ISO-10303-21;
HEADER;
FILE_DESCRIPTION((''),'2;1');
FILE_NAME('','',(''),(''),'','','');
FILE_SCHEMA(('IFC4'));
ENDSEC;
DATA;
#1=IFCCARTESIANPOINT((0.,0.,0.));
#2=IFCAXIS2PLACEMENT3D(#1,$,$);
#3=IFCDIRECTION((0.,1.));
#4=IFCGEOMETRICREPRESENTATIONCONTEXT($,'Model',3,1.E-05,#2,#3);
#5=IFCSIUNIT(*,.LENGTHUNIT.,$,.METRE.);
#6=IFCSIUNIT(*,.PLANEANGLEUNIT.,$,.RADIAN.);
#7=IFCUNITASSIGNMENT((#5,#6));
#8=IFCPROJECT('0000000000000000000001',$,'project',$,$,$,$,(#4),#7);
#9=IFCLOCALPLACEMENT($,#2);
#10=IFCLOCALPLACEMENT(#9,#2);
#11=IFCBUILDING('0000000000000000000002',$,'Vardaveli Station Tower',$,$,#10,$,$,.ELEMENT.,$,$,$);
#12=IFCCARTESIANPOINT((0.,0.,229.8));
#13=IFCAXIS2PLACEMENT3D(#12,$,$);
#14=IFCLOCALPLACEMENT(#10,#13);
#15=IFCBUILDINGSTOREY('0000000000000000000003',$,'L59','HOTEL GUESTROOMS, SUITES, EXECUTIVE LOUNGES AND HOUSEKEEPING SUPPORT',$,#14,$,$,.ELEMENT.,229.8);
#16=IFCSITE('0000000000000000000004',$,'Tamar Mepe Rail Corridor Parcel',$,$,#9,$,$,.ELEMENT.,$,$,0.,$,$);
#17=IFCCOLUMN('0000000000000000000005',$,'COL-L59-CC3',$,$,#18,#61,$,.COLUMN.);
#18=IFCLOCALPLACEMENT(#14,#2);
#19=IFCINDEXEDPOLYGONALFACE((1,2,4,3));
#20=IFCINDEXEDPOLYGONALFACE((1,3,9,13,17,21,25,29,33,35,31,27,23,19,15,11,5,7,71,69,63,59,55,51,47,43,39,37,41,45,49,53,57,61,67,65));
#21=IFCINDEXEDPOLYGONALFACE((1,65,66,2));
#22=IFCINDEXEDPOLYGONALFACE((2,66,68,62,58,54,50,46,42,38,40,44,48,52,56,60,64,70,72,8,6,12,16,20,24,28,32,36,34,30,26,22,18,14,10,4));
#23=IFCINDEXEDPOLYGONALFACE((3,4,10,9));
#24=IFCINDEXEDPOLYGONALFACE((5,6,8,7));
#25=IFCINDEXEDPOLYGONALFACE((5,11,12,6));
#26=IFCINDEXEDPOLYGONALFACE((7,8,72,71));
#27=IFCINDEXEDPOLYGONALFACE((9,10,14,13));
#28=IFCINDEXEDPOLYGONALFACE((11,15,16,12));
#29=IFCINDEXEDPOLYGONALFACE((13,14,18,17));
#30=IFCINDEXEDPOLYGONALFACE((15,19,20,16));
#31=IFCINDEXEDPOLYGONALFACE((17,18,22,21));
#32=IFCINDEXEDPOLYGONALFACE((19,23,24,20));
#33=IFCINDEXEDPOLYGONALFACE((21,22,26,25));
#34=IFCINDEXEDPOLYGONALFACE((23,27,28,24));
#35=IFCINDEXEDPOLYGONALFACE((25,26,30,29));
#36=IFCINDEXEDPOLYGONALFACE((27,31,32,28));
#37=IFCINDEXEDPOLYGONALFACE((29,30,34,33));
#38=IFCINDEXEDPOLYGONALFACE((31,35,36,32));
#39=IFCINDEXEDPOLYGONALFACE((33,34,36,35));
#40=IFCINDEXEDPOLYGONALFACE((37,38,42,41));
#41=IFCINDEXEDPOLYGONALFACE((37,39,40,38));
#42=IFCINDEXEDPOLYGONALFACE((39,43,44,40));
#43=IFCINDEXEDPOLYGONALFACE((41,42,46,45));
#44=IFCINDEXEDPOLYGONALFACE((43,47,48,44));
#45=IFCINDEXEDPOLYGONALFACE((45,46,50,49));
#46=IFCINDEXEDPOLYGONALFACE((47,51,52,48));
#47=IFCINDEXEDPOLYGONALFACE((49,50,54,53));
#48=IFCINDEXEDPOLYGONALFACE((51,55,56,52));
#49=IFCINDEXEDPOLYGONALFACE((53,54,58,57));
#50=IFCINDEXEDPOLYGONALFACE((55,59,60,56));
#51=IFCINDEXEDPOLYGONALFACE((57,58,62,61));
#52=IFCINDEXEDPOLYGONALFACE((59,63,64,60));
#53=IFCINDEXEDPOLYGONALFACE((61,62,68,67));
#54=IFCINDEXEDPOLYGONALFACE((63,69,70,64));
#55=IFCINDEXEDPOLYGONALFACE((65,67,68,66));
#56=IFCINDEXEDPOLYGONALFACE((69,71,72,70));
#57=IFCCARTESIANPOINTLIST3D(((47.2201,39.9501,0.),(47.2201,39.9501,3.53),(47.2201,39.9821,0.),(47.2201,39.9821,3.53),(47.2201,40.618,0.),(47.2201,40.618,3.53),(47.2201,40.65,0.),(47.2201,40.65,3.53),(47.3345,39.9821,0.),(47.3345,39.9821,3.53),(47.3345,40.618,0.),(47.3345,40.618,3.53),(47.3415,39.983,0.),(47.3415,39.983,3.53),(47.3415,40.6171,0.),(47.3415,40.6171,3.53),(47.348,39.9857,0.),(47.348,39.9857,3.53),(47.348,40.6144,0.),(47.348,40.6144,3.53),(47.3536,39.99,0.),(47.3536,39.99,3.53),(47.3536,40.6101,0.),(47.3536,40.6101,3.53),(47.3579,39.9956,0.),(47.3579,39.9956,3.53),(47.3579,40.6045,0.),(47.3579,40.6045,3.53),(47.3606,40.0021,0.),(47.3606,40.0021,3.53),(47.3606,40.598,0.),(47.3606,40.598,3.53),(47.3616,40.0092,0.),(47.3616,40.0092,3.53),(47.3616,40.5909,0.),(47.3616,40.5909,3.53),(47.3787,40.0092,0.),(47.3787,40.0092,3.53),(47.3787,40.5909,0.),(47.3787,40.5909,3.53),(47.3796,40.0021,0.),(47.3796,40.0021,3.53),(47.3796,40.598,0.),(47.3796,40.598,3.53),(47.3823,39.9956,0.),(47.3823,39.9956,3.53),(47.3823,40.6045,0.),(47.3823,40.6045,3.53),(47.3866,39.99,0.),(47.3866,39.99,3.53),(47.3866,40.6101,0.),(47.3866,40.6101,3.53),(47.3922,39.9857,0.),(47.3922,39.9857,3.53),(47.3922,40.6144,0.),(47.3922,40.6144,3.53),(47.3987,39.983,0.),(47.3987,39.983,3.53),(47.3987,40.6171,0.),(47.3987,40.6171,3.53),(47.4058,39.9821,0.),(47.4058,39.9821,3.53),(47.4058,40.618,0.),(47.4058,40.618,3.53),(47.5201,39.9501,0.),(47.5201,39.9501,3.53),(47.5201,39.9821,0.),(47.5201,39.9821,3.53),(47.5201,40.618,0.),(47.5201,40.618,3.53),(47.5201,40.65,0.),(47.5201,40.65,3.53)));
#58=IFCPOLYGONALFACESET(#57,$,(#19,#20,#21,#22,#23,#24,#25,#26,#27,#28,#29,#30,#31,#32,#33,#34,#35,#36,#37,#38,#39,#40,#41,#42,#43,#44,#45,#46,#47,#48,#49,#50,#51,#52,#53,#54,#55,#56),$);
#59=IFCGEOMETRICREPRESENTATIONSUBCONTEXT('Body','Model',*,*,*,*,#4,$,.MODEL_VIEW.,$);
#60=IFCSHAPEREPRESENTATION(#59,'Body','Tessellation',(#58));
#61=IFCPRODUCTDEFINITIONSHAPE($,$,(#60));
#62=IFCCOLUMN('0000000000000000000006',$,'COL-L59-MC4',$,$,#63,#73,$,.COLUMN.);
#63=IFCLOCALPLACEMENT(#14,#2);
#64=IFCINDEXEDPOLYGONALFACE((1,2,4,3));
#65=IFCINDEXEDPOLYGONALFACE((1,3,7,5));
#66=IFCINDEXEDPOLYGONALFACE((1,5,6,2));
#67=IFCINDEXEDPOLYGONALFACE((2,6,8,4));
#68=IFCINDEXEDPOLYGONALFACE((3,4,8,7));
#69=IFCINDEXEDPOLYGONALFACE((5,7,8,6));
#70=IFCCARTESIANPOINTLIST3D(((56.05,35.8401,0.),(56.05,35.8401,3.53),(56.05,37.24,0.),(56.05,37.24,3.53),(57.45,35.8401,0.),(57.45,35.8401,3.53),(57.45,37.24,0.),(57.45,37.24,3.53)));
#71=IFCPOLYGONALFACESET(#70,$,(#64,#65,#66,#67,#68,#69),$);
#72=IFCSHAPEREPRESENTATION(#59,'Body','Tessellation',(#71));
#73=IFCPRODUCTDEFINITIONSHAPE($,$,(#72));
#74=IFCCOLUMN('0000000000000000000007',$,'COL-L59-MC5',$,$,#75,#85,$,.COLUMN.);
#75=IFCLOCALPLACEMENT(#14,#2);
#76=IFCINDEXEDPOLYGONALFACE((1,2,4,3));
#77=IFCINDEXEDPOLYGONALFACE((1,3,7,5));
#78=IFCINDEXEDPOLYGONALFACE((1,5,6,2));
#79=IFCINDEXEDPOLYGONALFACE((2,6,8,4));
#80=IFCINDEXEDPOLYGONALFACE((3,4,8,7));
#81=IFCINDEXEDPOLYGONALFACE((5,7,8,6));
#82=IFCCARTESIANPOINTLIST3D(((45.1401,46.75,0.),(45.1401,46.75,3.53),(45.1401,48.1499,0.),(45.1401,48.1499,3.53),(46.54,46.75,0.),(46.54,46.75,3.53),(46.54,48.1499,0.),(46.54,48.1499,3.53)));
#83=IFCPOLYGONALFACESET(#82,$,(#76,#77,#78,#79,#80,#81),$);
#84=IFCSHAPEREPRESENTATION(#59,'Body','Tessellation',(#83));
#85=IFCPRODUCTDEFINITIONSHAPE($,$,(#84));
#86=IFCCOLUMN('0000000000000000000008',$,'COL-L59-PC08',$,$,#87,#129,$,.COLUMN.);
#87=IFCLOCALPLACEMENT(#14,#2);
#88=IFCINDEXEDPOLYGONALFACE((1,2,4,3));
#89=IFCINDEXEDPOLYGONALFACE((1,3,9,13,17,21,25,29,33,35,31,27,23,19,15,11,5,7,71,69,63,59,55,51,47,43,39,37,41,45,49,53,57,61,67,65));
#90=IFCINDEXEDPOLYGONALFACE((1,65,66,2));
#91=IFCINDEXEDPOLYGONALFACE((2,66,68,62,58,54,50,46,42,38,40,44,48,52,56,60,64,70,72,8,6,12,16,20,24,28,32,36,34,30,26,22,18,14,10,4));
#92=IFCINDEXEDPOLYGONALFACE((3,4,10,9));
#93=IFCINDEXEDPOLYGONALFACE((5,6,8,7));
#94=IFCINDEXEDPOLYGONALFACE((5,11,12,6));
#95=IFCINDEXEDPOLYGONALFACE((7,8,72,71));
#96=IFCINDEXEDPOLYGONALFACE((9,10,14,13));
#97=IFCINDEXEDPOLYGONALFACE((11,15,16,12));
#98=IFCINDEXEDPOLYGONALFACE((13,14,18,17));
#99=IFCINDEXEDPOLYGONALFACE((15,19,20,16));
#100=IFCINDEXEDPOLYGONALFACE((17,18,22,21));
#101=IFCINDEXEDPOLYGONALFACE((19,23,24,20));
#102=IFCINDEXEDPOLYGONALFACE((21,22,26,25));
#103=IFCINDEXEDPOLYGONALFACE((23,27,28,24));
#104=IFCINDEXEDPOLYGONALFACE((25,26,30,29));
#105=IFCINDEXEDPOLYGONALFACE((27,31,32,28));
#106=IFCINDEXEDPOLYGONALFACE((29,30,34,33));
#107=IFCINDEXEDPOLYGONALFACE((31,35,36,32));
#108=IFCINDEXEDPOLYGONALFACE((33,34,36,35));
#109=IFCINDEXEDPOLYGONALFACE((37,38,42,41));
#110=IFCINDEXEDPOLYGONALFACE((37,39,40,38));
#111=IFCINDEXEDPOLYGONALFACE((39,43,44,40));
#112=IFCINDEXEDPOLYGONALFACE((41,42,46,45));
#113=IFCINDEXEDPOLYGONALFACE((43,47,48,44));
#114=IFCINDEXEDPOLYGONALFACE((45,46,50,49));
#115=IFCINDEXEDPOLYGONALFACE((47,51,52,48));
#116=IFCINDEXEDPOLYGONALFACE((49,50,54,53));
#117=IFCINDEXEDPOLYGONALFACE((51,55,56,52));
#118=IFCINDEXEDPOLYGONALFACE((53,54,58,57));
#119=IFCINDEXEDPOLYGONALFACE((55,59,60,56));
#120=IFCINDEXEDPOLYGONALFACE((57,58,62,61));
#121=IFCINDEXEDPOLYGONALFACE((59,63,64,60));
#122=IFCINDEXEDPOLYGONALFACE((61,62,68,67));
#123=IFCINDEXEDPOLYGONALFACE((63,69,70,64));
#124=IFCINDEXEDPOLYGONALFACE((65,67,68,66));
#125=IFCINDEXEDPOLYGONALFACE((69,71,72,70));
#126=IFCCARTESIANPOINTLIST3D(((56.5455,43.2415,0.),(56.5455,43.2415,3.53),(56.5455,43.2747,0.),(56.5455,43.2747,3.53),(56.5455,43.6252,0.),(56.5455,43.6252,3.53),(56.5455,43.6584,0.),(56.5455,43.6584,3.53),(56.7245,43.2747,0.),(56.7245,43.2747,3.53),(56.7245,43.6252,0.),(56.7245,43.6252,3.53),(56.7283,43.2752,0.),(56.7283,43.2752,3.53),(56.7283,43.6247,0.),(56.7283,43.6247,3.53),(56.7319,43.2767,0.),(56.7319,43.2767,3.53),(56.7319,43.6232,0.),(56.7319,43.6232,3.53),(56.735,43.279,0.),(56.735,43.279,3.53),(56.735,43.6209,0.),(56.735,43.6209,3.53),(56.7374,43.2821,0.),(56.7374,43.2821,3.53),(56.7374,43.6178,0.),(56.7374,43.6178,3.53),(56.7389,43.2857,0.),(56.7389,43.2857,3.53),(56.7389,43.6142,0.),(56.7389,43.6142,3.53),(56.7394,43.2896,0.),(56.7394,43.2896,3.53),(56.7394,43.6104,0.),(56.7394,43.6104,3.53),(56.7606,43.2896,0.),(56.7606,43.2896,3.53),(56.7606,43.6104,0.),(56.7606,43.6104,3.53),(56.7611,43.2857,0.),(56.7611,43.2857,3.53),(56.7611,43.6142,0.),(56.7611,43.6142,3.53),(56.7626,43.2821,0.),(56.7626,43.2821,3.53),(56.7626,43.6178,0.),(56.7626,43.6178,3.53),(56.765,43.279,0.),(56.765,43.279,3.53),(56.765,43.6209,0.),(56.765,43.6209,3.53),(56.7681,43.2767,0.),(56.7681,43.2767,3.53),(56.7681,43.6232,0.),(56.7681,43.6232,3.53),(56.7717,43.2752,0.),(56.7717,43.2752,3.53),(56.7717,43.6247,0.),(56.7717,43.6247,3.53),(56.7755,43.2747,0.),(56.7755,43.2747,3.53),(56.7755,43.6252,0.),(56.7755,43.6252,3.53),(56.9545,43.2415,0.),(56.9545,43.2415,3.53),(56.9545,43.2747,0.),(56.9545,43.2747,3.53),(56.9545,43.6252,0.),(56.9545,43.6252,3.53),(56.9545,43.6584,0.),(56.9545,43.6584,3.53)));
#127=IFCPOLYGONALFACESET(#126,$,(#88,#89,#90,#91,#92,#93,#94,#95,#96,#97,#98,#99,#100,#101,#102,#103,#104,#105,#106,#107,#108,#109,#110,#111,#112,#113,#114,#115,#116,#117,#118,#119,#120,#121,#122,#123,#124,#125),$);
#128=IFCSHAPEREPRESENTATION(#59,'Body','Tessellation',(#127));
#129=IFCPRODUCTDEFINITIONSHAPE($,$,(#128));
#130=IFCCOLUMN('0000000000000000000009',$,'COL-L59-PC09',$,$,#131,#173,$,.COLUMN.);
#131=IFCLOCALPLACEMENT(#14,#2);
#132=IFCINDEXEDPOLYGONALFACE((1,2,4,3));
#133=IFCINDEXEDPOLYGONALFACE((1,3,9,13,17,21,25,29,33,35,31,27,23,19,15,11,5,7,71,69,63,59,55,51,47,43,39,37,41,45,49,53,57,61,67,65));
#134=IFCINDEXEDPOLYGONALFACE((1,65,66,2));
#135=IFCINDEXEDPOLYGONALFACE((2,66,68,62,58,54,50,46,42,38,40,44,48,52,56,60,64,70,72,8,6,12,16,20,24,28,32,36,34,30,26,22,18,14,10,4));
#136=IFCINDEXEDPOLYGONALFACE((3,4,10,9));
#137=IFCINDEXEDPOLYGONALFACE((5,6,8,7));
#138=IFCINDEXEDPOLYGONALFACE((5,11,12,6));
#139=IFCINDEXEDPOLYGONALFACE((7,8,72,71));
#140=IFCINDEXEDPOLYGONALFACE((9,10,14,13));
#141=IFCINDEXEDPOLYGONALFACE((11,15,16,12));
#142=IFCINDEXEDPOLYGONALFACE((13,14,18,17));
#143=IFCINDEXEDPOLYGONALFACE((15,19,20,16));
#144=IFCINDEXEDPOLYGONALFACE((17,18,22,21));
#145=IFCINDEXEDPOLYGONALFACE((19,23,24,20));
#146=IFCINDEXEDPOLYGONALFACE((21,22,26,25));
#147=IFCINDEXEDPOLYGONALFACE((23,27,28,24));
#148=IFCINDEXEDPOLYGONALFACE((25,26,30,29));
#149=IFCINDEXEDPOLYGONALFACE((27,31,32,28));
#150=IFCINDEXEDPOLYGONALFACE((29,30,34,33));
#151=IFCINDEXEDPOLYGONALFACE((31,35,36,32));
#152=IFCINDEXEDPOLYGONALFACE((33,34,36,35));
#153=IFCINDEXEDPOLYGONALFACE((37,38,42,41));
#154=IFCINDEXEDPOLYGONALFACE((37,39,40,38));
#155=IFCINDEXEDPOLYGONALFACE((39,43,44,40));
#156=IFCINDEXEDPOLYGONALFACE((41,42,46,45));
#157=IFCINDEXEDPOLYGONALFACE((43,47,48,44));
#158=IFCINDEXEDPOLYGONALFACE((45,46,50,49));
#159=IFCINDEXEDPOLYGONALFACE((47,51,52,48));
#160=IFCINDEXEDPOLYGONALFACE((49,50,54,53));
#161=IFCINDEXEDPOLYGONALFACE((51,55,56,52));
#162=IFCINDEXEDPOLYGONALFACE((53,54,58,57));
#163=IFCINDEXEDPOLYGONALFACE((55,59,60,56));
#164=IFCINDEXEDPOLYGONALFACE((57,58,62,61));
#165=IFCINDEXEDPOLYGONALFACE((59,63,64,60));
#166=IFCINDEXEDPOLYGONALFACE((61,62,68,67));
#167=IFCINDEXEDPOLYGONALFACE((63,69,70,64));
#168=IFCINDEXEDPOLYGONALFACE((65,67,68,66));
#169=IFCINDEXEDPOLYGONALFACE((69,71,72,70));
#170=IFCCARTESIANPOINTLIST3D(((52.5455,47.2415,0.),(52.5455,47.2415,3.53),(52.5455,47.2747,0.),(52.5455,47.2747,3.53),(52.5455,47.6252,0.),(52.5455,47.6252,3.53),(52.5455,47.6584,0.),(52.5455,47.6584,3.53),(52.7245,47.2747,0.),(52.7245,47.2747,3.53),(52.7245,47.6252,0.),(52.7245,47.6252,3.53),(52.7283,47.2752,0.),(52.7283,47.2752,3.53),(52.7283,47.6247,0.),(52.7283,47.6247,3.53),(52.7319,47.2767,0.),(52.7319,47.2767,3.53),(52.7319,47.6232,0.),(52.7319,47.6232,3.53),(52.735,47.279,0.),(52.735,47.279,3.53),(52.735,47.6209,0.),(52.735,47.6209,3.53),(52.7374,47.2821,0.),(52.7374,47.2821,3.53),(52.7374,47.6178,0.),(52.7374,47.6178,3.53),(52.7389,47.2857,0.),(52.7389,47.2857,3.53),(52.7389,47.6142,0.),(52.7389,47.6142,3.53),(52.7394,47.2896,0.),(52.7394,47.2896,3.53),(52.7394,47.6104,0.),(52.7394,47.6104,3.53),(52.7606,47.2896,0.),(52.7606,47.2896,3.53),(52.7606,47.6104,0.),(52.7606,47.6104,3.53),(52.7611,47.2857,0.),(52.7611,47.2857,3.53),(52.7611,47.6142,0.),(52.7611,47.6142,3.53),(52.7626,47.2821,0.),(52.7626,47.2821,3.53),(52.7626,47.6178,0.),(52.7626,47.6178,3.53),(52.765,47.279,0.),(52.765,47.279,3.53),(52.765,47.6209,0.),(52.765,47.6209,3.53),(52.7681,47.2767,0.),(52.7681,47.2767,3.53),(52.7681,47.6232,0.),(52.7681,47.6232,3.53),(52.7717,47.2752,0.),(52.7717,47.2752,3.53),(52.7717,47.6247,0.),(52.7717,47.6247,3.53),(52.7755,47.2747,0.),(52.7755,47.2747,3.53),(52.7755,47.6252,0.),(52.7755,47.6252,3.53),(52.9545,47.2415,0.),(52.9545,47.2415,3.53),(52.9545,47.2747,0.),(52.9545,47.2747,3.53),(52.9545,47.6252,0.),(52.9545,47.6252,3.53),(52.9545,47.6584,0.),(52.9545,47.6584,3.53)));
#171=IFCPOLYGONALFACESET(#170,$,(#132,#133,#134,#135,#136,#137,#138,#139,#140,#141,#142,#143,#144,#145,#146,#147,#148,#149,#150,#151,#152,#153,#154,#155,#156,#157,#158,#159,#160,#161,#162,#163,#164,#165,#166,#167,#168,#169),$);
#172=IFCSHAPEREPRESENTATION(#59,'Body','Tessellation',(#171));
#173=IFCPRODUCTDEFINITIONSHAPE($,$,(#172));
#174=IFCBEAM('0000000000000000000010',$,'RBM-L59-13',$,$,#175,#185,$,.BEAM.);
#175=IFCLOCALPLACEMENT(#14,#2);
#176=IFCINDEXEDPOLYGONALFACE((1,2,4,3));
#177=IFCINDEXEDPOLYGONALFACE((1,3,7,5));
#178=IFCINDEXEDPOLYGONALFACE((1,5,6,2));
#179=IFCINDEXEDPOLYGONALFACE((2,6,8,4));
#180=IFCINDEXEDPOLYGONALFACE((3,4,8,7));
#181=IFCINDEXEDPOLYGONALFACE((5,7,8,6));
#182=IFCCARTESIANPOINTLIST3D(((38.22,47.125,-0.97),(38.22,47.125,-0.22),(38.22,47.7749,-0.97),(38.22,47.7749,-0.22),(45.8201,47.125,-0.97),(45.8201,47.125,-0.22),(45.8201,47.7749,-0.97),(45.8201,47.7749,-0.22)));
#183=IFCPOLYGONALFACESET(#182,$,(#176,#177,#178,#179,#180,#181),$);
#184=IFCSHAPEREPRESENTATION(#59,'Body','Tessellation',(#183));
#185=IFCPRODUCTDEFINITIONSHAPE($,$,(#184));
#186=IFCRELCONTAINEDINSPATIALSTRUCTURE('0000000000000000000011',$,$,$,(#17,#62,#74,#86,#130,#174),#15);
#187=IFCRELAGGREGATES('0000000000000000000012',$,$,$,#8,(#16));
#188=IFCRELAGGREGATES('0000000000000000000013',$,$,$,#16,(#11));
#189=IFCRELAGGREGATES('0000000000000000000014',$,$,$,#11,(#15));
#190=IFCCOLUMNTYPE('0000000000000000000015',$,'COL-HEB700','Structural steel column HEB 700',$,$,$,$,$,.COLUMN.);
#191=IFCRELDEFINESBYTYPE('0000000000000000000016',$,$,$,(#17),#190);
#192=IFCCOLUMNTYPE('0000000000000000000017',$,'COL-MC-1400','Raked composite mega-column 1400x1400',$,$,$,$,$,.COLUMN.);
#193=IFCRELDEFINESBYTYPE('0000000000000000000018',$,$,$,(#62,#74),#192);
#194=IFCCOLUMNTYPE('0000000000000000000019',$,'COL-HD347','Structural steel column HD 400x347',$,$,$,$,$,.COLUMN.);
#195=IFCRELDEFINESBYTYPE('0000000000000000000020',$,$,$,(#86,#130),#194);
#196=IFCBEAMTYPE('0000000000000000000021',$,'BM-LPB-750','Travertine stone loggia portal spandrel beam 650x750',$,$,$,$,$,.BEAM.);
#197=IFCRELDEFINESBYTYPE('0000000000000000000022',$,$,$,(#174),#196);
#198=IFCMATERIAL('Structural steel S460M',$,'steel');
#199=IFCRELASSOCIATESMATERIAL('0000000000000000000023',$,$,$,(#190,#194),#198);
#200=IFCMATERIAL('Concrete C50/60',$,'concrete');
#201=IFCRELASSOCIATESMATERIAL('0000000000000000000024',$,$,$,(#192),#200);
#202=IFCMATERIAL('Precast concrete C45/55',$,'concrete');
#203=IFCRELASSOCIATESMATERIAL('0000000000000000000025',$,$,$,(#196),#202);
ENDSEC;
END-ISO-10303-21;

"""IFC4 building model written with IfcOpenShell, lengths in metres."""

from ifc_helpers import new_model, si_unit, direction, frame, origin, origin_2d, place, context, subcontext, project, spatial, rectangle, i_section, extrude, source, transform, mapped, material, material_profile, profile_set, type_object, element, save


model = new_model("IFC4")

# Units and contexts
model_context = context("Model", 3, precision=1e-05, world=origin(), true_north=direction((0.0, 1.0)))
body_context = subcontext(model_context, "Body", "Model", "MODEL_VIEW")
ifc_project = project(units=[si_unit("LENGTHUNIT", "METRE"), si_unit("PLANEANGLEUNIT", "RADIAN")], contexts=[model_context])

# Site, building, storey
site_placement = place(None, origin())
site = spatial("IfcSite", under=ifc_project, at=site_placement, Name="Tamar Mepe Rail Corridor Parcel", CompositionType="ELEMENT", RefElevation=0.0)
building_placement = place(site_placement, origin())
building = spatial("IfcBuilding", under=site, at=building_placement, Name="Vardaveli Station Tower", CompositionType="ELEMENT")
storey_placement = place(building_placement, frame((0.0, 0.0, 229.8)))
storey = spatial("IfcBuildingStorey", under=building, at=storey_placement, Name="L59", Description="HOTEL GUESTROOMS, SUITES, EXECUTIVE LOUNGES AND HOUSEKEEPING SUPPORT", CompositionType="ELEMENT", Elevation=229.8)

# Columns
ifc_material_1 = material(Name="Structural steel S460M", Category="steel")
ifc_material_profile_1 = material_profile(ifc_material_1, i_section(OverallWidth=0.3, OverallDepth=0.7, WebThickness=0.0171, FlangeThickness=0.032, FilletRadius=0.0271, at=origin_2d()), Name="HEB 700")
ifc_profile_set_1 = profile_set([ifc_material_profile_1], Name="Structural steel S460M")
column_type_1 = type_object("IfcColumnType", Name="COL-HEB700", Description="Structural steel column HEB 700", PredefinedType="COLUMN", material=ifc_profile_set_1)
shared_shape_1 = source(origin(), body_context, "Body", "SweptSolid", [
    extrude(i_section(OverallWidth=0.3, OverallDepth=0.7, WebThickness=0.0171, FlangeThickness=0.032, FilletRadius=0.0271, at=origin_2d()), origin(), (0.0, 0.0, 1.0), 3.53),
])
column_placement = place(storey_placement, frame((47.3701, 40.3, 0.0), z_axis=(0.0, 0.0, 1.0), x_axis=(1.0, 0.0, 0.0)))
element("IfcColumn", 1, at=column_placement, inside=storey, type_object=column_type_1, Name="COL-L59-CC3", PredefinedType="COLUMN", context=body_context, shape_type="MappedRepresentation", body=[
    mapped(shared_shape_1, transform((0.0, 0.0, 0.0), scale=1.0)),
])
ifc_material_2 = material(Name="Concrete C50/60", Category="concrete")
ifc_material_profile_2 = material_profile(ifc_material_2, rectangle(XDim=1.3999, YDim=1.3999, at=origin_2d()), Name="MC 1400x1400")
ifc_profile_set_2 = profile_set([ifc_material_profile_2], Name="Concrete C50/60")
column_type_2 = type_object("IfcColumnType", Name="COL-MC-1400", Description="Raked composite mega-column 1400x1400", PredefinedType="COLUMN", material=ifc_profile_set_2)
shared_shape_2 = source(origin(), body_context, "Body", "SweptSolid", [
    extrude(rectangle(XDim=1.3999, YDim=1.3999, at=origin_2d()), origin(), (0.0, 0.0, 1.0), 3.53),
])
for number, where, z_axis, x_axis, name in (
    (2, (56.75, 36.54, 0.0), (0.0, 0.0, 1.0), (1.0, 0.0, 0.0), "COL-L59-MC4"),
    (3, (45.8401, 47.45, 0.0), (0.0, 0.0, 1.0), (1.0, 0.0, 0.0), "COL-L59-MC5"),
):
    element("IfcColumn", number, at=place(storey_placement, frame(where, z_axis=z_axis, x_axis=x_axis)), inside=storey, type_object=column_type_2, Name=name, PredefinedType="COLUMN", context=body_context, shape_type="MappedRepresentation", body=[
        mapped(shared_shape_2, transform((0.0, 0.0, 0.0), scale=1.0)),
    ])
ifc_material_profile_3 = material_profile(ifc_material_1, i_section(OverallWidth=0.4089, OverallDepth=0.417, WebThickness=0.0212, FlangeThickness=0.0332, FilletRadius=0.0149, at=origin_2d()), Name="HD 400x347")
ifc_profile_set_3 = profile_set([ifc_material_profile_3], Name="Structural steel S460M")
column_type_3 = type_object("IfcColumnType", Name="COL-HD347", Description="Structural steel column HD 400x347", PredefinedType="COLUMN", material=ifc_profile_set_3)
shared_shape_3 = source(origin(), body_context, "Body", "SweptSolid", [
    extrude(i_section(OverallWidth=0.4089, OverallDepth=0.417, WebThickness=0.0212, FlangeThickness=0.0332, FilletRadius=0.0149, at=origin_2d()), origin(), (0.0, 0.0, 1.0), 3.53),
])
for number, where, z_axis, x_axis, name in (
    (4, (56.75, 43.45, 0.0), (0.0, 0.0, 1.0), (1.0, 0.0, 0.0), "COL-L59-PC08"),
    (5, (52.75, 47.45, 0.0), (0.0, 0.0, 1.0), (1.0, 0.0, 0.0), "COL-L59-PC09"),
):
    element("IfcColumn", number, at=place(storey_placement, frame(where, z_axis=z_axis, x_axis=x_axis)), inside=storey, type_object=column_type_3, Name=name, PredefinedType="COLUMN", context=body_context, shape_type="MappedRepresentation", body=[
        mapped(shared_shape_3, transform((0.0, 0.0, 0.0), scale=1.0)),
    ])

# Beam
ifc_material_3 = material(Name="Precast concrete C45/55", Category="concrete")
ifc_material_profile_4 = material_profile(ifc_material_3, rectangle(XDim=0.6499, YDim=0.75, at=origin_2d()), Name="LPB 650x750")
ifc_profile_set_4 = profile_set([ifc_material_profile_4], Name="Precast concrete C45/55")
beam_type = type_object("IfcBeamType", Name="BM-LPB-750", Description="Travertine stone loggia portal spandrel beam 650x750", PredefinedType="BEAM", material=ifc_profile_set_4)
shared_shape_4 = source(origin(), body_context, "Body", "SweptSolid", [
    extrude(rectangle(XDim=0.6499, YDim=0.75, at=origin_2d()), origin(), (0.0, 0.0, 1.0), 7.6001),
])
beam_1_placement = place(storey_placement, frame((45.8201, 47.45, -0.595), z_axis=(-1.0, 0.0, 0.0), x_axis=(0.0, -1.0, 0.0)))
element("IfcBeam", 6, at=beam_1_placement, inside=storey, type_object=beam_type, Name="RBM-L59-13", PredefinedType="BEAM", context=body_context, shape_type="MappedRepresentation", body=[
    mapped(shared_shape_4, transform((0.0, 0.0, 0.0), scale=1.0)),
])

save(model, "model.ifc")
